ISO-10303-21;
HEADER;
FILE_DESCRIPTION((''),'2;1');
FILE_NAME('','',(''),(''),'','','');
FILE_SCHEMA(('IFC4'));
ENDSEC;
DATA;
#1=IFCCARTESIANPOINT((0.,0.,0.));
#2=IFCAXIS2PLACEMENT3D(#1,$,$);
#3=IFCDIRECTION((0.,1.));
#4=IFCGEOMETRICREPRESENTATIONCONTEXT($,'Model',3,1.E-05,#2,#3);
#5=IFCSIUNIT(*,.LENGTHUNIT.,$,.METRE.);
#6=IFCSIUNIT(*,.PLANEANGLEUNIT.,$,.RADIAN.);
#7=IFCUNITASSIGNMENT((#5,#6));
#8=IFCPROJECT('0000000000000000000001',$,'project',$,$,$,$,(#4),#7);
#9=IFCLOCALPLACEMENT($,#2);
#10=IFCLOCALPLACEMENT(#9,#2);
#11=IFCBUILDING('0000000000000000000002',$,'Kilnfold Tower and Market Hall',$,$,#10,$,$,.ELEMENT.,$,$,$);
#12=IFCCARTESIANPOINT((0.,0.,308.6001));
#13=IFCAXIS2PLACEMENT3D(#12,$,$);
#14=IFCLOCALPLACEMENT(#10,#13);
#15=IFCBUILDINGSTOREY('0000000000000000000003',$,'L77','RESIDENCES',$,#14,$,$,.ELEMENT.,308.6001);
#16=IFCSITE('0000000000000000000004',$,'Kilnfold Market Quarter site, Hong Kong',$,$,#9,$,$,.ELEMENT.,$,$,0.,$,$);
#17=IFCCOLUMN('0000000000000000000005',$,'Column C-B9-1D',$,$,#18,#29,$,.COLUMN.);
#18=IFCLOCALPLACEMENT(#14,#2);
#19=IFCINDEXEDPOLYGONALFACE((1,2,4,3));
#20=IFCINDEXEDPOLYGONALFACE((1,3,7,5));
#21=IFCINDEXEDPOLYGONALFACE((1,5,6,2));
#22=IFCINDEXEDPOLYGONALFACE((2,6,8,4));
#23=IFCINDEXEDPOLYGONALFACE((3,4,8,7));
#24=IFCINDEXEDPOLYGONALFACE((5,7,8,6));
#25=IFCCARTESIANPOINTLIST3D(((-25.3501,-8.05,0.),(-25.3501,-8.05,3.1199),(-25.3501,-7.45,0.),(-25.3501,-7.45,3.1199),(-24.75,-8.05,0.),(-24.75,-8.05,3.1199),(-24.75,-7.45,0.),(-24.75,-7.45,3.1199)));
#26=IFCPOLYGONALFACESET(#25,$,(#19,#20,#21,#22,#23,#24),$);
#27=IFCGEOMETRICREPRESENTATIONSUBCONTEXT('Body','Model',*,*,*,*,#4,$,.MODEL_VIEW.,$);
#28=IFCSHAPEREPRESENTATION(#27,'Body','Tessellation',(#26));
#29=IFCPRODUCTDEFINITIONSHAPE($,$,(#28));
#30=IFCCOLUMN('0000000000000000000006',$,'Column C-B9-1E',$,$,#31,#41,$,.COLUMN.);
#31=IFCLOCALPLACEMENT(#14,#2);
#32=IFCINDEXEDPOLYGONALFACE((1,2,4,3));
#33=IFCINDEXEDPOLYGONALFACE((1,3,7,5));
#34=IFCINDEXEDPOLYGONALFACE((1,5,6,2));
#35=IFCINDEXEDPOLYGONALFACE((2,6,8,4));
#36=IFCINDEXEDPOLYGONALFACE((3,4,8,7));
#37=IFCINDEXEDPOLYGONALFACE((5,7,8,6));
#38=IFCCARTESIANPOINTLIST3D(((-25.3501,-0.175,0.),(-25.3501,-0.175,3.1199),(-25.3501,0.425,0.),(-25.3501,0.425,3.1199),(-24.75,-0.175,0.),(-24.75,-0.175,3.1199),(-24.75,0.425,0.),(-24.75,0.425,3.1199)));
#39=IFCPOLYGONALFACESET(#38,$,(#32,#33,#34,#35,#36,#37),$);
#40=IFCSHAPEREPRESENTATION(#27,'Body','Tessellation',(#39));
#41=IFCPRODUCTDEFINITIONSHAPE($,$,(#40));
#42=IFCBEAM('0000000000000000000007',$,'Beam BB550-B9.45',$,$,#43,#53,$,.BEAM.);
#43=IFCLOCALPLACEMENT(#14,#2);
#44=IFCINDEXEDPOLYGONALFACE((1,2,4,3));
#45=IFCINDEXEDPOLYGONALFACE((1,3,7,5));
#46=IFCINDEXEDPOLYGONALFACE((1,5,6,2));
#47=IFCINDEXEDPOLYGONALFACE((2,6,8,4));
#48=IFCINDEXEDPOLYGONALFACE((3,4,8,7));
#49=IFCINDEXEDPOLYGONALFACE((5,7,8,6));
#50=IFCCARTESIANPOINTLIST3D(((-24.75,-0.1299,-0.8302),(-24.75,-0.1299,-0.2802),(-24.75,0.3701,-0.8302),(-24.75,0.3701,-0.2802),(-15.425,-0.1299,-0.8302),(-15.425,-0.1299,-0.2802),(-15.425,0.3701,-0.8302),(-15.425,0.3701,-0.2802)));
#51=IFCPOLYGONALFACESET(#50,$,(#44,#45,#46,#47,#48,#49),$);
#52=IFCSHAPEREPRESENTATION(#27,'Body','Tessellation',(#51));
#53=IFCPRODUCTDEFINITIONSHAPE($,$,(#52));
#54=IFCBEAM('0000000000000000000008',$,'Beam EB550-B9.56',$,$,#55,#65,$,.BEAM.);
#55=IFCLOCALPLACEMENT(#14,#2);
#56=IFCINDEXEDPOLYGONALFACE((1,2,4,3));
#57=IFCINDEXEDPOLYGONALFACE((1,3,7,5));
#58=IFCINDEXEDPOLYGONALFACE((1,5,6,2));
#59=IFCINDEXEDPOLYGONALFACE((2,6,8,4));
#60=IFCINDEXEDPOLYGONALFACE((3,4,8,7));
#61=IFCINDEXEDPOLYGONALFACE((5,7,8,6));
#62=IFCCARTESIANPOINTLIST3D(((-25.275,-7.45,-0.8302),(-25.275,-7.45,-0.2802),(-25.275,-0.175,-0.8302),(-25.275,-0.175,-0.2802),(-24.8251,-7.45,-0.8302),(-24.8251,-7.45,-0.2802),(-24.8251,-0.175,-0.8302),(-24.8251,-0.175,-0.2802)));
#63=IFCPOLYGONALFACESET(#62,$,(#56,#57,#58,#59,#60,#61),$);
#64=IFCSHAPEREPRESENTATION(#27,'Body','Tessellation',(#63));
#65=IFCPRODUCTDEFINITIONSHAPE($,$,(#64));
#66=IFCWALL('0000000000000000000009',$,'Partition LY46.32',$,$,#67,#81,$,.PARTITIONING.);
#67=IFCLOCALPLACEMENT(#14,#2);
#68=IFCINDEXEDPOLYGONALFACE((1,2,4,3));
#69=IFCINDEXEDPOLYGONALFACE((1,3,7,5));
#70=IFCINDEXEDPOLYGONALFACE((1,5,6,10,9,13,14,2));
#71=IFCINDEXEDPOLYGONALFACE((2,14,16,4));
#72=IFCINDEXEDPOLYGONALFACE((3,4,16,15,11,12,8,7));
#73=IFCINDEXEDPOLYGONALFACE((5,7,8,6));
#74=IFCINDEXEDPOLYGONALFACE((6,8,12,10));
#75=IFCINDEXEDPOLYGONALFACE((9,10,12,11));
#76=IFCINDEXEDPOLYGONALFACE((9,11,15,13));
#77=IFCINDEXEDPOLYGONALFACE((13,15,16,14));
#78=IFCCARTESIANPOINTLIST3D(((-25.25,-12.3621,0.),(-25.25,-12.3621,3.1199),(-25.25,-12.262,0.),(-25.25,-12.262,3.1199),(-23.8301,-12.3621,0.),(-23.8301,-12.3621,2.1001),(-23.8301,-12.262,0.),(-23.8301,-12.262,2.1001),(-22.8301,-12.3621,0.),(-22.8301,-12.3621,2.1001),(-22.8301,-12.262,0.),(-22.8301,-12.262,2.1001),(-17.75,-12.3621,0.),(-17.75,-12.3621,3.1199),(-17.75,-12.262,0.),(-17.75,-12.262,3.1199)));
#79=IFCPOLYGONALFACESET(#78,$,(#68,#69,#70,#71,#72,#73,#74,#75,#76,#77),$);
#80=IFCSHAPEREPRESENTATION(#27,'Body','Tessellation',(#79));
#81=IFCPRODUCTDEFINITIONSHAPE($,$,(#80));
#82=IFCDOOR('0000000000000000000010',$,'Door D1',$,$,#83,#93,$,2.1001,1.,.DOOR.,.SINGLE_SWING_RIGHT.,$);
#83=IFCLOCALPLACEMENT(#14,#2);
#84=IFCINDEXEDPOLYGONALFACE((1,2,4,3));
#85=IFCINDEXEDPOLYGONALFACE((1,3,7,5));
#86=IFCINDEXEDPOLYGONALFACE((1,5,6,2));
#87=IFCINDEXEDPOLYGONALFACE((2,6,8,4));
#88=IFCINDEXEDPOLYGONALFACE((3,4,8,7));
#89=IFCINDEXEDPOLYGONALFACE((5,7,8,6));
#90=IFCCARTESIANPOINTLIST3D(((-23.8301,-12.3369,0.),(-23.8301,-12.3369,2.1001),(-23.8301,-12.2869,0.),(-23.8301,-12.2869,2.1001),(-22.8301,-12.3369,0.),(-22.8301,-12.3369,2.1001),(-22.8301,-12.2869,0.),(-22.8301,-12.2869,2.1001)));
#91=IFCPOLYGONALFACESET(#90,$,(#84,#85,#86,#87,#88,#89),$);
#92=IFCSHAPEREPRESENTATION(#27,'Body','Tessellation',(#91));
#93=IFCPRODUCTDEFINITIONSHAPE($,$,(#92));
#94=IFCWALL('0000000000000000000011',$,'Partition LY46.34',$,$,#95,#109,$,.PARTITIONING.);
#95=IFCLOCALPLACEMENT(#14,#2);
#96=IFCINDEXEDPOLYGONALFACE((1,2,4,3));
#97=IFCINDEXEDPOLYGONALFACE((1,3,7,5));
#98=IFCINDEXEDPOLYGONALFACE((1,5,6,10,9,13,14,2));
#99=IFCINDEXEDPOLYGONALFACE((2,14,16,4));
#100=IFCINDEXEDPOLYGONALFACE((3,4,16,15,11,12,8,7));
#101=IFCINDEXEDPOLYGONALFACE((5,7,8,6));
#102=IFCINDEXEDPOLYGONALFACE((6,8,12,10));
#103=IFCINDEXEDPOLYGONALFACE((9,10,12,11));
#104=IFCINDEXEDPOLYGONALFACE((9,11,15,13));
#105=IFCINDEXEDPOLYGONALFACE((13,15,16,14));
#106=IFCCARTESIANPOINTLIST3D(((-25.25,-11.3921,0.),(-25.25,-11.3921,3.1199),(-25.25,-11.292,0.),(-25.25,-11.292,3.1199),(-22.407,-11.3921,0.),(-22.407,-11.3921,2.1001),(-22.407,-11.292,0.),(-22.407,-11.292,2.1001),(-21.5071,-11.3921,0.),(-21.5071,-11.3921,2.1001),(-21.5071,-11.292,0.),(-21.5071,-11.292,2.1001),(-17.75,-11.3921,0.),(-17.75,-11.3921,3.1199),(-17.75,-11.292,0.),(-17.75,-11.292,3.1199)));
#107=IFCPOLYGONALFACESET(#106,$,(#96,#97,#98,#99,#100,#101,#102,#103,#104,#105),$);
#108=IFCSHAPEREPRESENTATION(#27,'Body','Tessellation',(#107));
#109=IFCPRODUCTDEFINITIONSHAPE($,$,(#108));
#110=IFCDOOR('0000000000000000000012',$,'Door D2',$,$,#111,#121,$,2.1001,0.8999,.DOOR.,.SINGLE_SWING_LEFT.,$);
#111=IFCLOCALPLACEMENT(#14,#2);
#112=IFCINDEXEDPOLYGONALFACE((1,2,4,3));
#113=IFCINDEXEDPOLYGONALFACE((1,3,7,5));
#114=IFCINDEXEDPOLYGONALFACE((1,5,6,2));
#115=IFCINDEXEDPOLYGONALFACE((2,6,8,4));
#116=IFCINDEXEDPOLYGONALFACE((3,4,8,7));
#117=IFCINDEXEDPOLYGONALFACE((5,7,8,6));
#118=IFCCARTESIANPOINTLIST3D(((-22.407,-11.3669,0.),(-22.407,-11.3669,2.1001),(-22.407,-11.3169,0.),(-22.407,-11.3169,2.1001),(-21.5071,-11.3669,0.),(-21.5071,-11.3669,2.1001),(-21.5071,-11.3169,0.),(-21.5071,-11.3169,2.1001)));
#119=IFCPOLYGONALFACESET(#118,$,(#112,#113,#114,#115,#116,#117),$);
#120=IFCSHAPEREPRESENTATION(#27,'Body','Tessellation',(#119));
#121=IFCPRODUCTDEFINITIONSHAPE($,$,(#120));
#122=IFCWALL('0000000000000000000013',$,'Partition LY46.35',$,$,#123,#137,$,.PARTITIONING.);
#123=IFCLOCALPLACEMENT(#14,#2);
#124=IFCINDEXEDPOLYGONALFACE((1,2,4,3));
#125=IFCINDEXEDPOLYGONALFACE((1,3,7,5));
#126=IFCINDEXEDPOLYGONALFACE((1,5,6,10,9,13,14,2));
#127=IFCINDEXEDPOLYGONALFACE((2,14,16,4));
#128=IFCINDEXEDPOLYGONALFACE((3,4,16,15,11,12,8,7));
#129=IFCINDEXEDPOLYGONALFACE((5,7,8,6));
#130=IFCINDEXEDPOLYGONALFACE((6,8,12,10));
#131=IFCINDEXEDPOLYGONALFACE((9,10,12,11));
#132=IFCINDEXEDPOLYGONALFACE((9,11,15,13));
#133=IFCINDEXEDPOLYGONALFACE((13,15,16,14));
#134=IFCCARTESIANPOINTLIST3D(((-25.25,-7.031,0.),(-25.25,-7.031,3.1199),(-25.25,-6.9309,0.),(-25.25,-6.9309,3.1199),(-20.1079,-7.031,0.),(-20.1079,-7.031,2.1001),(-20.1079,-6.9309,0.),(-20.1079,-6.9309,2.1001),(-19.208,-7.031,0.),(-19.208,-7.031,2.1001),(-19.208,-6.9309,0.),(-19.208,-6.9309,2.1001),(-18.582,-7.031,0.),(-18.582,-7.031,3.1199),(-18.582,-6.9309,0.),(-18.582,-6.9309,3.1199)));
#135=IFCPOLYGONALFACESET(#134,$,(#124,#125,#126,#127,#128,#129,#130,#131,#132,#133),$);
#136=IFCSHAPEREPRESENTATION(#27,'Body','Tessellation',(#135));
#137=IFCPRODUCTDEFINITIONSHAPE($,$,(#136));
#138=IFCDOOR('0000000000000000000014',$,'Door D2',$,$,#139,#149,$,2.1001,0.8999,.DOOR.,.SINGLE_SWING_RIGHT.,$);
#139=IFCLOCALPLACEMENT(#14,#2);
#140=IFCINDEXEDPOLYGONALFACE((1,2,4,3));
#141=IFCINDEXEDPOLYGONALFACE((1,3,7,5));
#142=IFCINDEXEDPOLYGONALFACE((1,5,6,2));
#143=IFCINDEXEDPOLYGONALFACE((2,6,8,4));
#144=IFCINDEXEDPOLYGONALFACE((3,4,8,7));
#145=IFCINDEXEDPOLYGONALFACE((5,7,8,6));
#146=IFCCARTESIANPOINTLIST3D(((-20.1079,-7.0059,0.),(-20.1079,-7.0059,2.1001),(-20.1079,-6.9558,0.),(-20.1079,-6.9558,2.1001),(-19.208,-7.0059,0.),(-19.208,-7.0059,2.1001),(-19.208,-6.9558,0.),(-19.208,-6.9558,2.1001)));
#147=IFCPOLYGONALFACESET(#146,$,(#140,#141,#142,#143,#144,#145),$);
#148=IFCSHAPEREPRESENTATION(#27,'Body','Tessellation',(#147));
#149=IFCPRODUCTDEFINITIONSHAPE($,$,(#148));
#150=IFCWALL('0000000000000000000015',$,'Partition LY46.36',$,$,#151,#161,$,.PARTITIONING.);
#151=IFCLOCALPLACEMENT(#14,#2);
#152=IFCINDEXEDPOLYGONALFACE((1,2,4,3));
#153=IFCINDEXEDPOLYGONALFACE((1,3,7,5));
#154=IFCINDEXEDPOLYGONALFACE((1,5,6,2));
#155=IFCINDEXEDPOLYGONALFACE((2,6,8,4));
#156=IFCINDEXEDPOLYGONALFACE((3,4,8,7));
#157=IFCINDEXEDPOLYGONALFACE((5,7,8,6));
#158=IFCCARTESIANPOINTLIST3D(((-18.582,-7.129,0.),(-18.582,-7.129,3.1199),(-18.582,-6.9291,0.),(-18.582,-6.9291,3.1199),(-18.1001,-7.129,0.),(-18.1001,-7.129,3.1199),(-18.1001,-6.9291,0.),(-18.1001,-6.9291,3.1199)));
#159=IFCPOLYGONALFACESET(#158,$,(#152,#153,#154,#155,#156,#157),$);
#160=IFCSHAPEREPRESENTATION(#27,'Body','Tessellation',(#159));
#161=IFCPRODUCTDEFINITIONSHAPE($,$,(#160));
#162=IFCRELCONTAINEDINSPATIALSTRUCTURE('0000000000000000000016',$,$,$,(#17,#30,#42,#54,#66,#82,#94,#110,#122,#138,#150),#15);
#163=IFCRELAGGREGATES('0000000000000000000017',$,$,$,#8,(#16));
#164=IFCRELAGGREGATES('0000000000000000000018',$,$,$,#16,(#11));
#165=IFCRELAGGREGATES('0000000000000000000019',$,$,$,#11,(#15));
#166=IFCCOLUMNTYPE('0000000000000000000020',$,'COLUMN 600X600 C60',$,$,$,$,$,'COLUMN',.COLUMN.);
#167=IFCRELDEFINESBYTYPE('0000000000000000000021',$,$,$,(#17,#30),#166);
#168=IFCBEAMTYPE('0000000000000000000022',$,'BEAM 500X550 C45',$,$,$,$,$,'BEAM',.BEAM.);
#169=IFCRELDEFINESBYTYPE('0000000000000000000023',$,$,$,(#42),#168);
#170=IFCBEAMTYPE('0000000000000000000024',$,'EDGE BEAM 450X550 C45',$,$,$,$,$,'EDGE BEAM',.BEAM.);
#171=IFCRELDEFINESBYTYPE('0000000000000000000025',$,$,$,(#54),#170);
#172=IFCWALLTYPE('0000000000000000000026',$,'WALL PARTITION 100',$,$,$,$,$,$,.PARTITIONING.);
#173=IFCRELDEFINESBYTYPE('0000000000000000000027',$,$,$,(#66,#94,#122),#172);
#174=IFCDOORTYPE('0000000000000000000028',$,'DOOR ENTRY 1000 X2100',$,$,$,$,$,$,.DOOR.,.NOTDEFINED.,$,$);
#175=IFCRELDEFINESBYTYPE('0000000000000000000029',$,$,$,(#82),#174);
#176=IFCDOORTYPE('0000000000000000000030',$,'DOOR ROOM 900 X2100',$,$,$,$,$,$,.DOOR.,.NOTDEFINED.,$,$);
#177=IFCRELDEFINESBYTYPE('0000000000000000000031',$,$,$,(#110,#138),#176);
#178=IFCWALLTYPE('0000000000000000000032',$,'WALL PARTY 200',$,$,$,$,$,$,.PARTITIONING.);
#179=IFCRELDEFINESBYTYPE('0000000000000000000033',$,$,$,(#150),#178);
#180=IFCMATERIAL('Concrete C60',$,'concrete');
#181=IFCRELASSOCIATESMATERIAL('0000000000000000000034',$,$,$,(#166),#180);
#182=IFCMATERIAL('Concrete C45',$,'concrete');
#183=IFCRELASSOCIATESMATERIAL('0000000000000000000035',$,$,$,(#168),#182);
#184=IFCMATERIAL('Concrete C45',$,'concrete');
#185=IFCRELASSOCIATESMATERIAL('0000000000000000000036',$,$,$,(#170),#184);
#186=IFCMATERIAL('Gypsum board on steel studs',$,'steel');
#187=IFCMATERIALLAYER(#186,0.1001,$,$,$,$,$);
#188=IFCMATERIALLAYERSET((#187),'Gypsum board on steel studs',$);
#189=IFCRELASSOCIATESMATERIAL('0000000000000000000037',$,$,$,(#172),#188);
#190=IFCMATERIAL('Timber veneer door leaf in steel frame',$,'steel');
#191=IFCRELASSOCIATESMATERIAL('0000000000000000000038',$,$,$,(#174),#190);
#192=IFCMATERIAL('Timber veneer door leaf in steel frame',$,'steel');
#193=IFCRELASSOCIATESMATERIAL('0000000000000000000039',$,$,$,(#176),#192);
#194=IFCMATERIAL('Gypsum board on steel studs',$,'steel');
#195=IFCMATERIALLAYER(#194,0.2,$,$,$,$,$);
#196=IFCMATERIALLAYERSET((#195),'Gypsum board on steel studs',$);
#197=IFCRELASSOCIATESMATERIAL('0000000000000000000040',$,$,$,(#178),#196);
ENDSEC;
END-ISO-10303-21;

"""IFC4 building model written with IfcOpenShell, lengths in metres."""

from ifc_helpers import new_model, si_unit, direction, frame, frame_2d, origin, origin_2d, place, context, subcontext, project, spatial, rectangle, extrude, source, transform, mapped, material, layer, layer_set, material_profile, profile_set, type_object, element, fill, save


model = new_model("IFC4")

# Units and contexts
model_context = context("Model", 3, precision=1e-05, world=origin(), true_north=direction((0.0, 1.0)))
body_context = subcontext(model_context, "Body", "Model", "MODEL_VIEW")
ifc_project = project(units=[si_unit("LENGTHUNIT", "METRE"), si_unit("PLANEANGLEUNIT", "RADIAN")], contexts=[model_context])

# Site, building, storey
site_placement = place(None, origin())
site = spatial("IfcSite", under=ifc_project, at=site_placement, Name="Kilnfold Market Quarter site, Hong Kong", CompositionType="ELEMENT", RefElevation=0.0)
building_placement = place(site_placement, origin())
building = spatial("IfcBuilding", under=site, at=building_placement, Name="Kilnfold Tower and Market Hall", CompositionType="ELEMENT")
storey_placement = place(building_placement, frame((0.0, 0.0, 308.6001)))
storey = spatial("IfcBuildingStorey", under=building, at=storey_placement, Name="L77", Description="RESIDENCES", CompositionType="ELEMENT", Elevation=308.6001)

# Columns
ifc_material_1 = material(Name="Concrete C60", Category="concrete")
ifc_material_profile_1 = material_profile(ifc_material_1, rectangle(XDim=0.6001, YDim=0.6001, at=origin_2d()), Name="RC 600x600")
ifc_profile_set_1 = profile_set([ifc_material_profile_1], Name="Concrete C60")
column_type = type_object("IfcColumnType", Name="COLUMN 600X600 C60", ElementType="COLUMN", PredefinedType="COLUMN", material=ifc_profile_set_1)
shared_shape_1 = source(origin(), body_context, "Body", "SweptSolid", [
    extrude(rectangle(XDim=0.6001, YDim=0.6001, at=origin_2d()), origin(), (0.0, 0.0, 1.0), 3.1199),
])
for number, where, z_axis, x_axis, name in (
    (1, (-25.05, -7.75, 0.0), (0.0, 0.0, 1.0), (1.0, 0.0, 0.0), "Column C-B9-1D"),
    (2, (-25.05, 0.125, 0.0), (0.0, 0.0, 1.0), (1.0, 0.0, 0.0), "Column C-B9-1E"),
):
    element("IfcColumn", number, at=place(storey_placement, frame(where, z_axis=z_axis, x_axis=x_axis)), inside=storey, type_object=column_type, Name=name, PredefinedType="COLUMN", context=body_context, shape_type="MappedRepresentation", body=[
        mapped(shared_shape_1, transform((0.0, 0.0, 0.0))),
    ])

# Beams
ifc_material_2 = material(Name="Concrete C45", Category="concrete")
ifc_material_profile_2 = material_profile(ifc_material_2, rectangle(XDim=0.5, YDim=0.55, at=origin_2d()), Name="RC 500x550")
ifc_profile_set_2 = profile_set([ifc_material_profile_2], Name="Concrete C45")
beam_type_1 = type_object("IfcBeamType", Name="BEAM 500X550 C45", ElementType="BEAM", PredefinedType="BEAM", material=ifc_profile_set_2)
shared_shape_2 = source(origin(), body_context, "Body", "SweptSolid", [
    extrude(rectangle(XDim=0.5, YDim=0.55, at=origin_2d()), origin(), (0.0, 0.0, 1.0), 9.325),
])
beam_1_placement = place(storey_placement, frame((-24.75, 0.1201, -0.5552), z_axis=(1.0, 0.0, 0.0), x_axis=(0.0, 1.0, 0.0)))
element("IfcBeam", 3, at=beam_1_placement, inside=storey, type_object=beam_type_1, Name="Beam BB550-B9.45", PredefinedType="BEAM", context=body_context, shape_type="MappedRepresentation", body=[
    mapped(shared_shape_2, transform((0.0, 0.0, 0.0))),
])
ifc_material_3 = material(Name="Concrete C45", Category="concrete")
ifc_material_profile_3 = material_profile(ifc_material_3, rectangle(XDim=0.45, YDim=0.55, at=origin_2d()), Name="RC 450x550")
ifc_profile_set_3 = profile_set([ifc_material_profile_3], Name="Concrete C45")
beam_type_2 = type_object("IfcBeamType", Name="EDGE BEAM 450X550 C45", ElementType="EDGE BEAM", PredefinedType="BEAM", material=ifc_profile_set_3)
shared_shape_3 = source(origin(), body_context, "Body", "SweptSolid", [
    extrude(rectangle(XDim=0.45, YDim=0.55, at=origin_2d()), origin(), (0.0, 0.0, 1.0), 7.2749),
])
beam_2_placement = place(storey_placement, frame((-25.05, -7.45, -0.5552), z_axis=(0.0, 1.0, 0.0), x_axis=(-1.0, 0.0, 0.0)))
element("IfcBeam", 4, at=beam_2_placement, inside=storey, type_object=beam_type_2, Name="Beam EB550-B9.56", PredefinedType="BEAM", context=body_context, shape_type="MappedRepresentation", body=[
    mapped(shared_shape_3, transform((0.0, 0.0, 0.0))),
])

# Walls, openings, doors
ifc_material_4 = material(Name="Gypsum board on steel studs", Category="steel")
ifc_layer_1 = layer(ifc_material_4, 0.1001)
ifc_layer_set_1 = layer_set([ifc_layer_1], Name="Gypsum board on steel studs")
wall_type_1 = type_object("IfcWallType", Name="WALL PARTITION 100", PredefinedType="PARTITIONING", material=ifc_layer_set_1)
wall_1_placement = place(storey_placement, frame((-17.75, -12.312, 0.0), z_axis=(0.0, 0.0, 1.0), x_axis=(-1.0, 0.0, 0.0)))
wall_1 = element("IfcWall", 5, at=wall_1_placement, inside=storey, type_object=wall_type_1, Name="Partition LY46.32", PredefinedType="PARTITIONING", context=body_context, shape_type="SweptSolid", body=[
    extrude(rectangle(XDim=7.5, YDim=0.1001, at=frame_2d((3.75, 0.0))), origin(), (0.0, 0.0, 1.0), 3.1199),
])
opening_1_placement = place(wall_1_placement, frame((5.0801, 0.0, 0.0)))
opening_1 = element("IfcOpeningElement", 6, at=opening_1_placement, cuts=wall_1, PredefinedType="OPENING", context=body_context, shape_type="SweptSolid", body=[
    extrude(rectangle(XDim=1.0, YDim=2.1001, at=frame_2d((0.5, 1.05))), frame((0.0, 0.0601, 0.0), z_axis=(0.0, -1.0, 0.0), x_axis=(1.0, 0.0, 0.0)), (0.0, 0.0, 1.0), 0.1201),
])
ifc_material_5 = material(Name="Timber veneer door leaf in steel frame", Category="steel")
door_type_1 = type_object("IfcDoorType", Name="DOOR ENTRY 1000 X2100", OperationType="NOTDEFINED", PredefinedType="DOOR", material=ifc_material_5)
door_1_placement = place(opening_1_placement, origin())
door_1 = element("IfcDoor", 7, at=door_1_placement, inside=storey, type_object=door_type_1, Name="Door D1", OperationType="SINGLE_SWING_RIGHT", OverallHeight=2.1001, OverallWidth=1.0, PredefinedType="DOOR", context=body_context, shape_type="SweptSolid", body=[
    extrude(rectangle(XDim=1.0, YDim=2.1001, at=frame_2d((0.5, 1.05))), frame((0.0, 0.0249, 0.0), z_axis=(0.0, -1.0, 0.0), x_axis=(1.0, 0.0, 0.0)), (0.0, 0.0, 1.0), 0.05),
])
fill(opening_1, door_1)
wall_2_placement = place(storey_placement, frame((-17.75, -11.342, 0.0), z_axis=(0.0, 0.0, 1.0), x_axis=(-1.0, 0.0, 0.0)))
wall_2 = element("IfcWall", 8, at=wall_2_placement, inside=storey, type_object=wall_type_1, Name="Partition LY46.34", PredefinedType="PARTITIONING", context=body_context, shape_type="SweptSolid", body=[
    extrude(rectangle(XDim=7.5, YDim=0.1001, at=frame_2d((3.75, 0.0))), origin(), (0.0, 0.0, 1.0), 3.1199),
])
opening_2_placement = place(wall_2_placement, frame((3.7571, 0.0, 0.0)))
opening_2 = element("IfcOpeningElement", 9, at=opening_2_placement, cuts=wall_2, PredefinedType="OPENING", context=body_context, shape_type="SweptSolid", body=[
    extrude(rectangle(XDim=0.8999, YDim=2.1001, at=frame_2d((0.45, 1.05))), frame((0.0, 0.0601, 0.0), z_axis=(0.0, -1.0, 0.0), x_axis=(1.0, 0.0, 0.0)), (0.0, 0.0, 1.0), 0.1201),
])
ifc_material_6 = material(Name="Timber veneer door leaf in steel frame", Category="steel")
door_type_2 = type_object("IfcDoorType", Name="DOOR ROOM 900 X2100", OperationType="NOTDEFINED", PredefinedType="DOOR", material=ifc_material_6)
door_2_placement = place(opening_2_placement, origin())
door_2 = element("IfcDoor", 10, at=door_2_placement, inside=storey, type_object=door_type_2, Name="Door D2", OperationType="SINGLE_SWING_LEFT", OverallHeight=2.1001, OverallWidth=0.8999, PredefinedType="DOOR", context=body_context, shape_type="SweptSolid", body=[
    extrude(rectangle(XDim=0.8999, YDim=2.1001, at=frame_2d((0.45, 1.05))), frame((0.0, 0.0249, 0.0), z_axis=(0.0, -1.0, 0.0), x_axis=(1.0, 0.0, 0.0)), (0.0, 0.0, 1.0), 0.05),
])
fill(opening_2, door_2)
wall_3_placement = place(storey_placement, frame((-18.582, -6.981, 0.0), z_axis=(0.0, 0.0, 1.0), x_axis=(-1.0, 0.0, 0.0)))
wall_3 = element("IfcWall", 11, at=wall_3_placement, inside=storey, type_object=wall_type_1, Name="Partition LY46.35", PredefinedType="PARTITIONING", context=body_context, shape_type="SweptSolid", body=[
    extrude(rectangle(XDim=6.668, YDim=0.1001, at=frame_2d((3.334, 0.0))), origin(), (0.0, 0.0, 1.0), 3.1199),
])
opening_3_placement = place(wall_3_placement, frame((0.626, 0.0, 0.0)))
opening_3 = element("IfcOpeningElement", 12, at=opening_3_placement, cuts=wall_3, PredefinedType="OPENING", context=body_context, shape_type="SweptSolid", body=[
    extrude(rectangle(XDim=0.8999, YDim=2.1001, at=frame_2d((0.45, 1.05))), frame((0.0, 0.0601, 0.0), z_axis=(0.0, -1.0, 0.0), x_axis=(1.0, 0.0, 0.0)), (0.0, 0.0, 1.0), 0.1201),
])
door_3_placement = place(opening_3_placement, origin())
door_3 = element("IfcDoor", 13, at=door_3_placement, inside=storey, type_object=door_type_2, Name="Door D2", OperationType="SINGLE_SWING_RIGHT", OverallHeight=2.1001, OverallWidth=0.8999, PredefinedType="DOOR", context=body_context, shape_type="SweptSolid", body=[
    extrude(rectangle(XDim=0.8999, YDim=2.1001, at=frame_2d((0.45, 1.05))), frame((0.0, 0.0249, 0.0), z_axis=(0.0, -1.0, 0.0), x_axis=(1.0, 0.0, 0.0)), (0.0, 0.0, 1.0), 0.05),
])
fill(opening_3, door_3)

# Wall
ifc_material_7 = material(Name="Gypsum board on steel studs", Category="steel")
ifc_layer_2 = layer(ifc_material_7, 0.2)
ifc_layer_set_2 = layer_set([ifc_layer_2], Name="Gypsum board on steel studs")
wall_type_2 = type_object("IfcWallType", Name="WALL PARTY 200", PredefinedType="PARTITIONING", material=ifc_layer_set_2)
wall_4_placement = place(storey_placement, frame((-18.582, -7.0291, 0.0), z_axis=(0.0, 0.0, 1.0), x_axis=(1.0, 0.0, 0.0)))
element("IfcWall", 14, at=wall_4_placement, inside=storey, type_object=wall_type_2, Name="Partition LY46.36", PredefinedType="PARTITIONING", context=body_context, shape_type="SweptSolid", body=[
    extrude(rectangle(XDim=0.4819, YDim=0.2, at=frame_2d((0.241, 0.0))), origin(), (0.0, 0.0, 1.0), 3.1199),
])

save(model, "model.ifc")
